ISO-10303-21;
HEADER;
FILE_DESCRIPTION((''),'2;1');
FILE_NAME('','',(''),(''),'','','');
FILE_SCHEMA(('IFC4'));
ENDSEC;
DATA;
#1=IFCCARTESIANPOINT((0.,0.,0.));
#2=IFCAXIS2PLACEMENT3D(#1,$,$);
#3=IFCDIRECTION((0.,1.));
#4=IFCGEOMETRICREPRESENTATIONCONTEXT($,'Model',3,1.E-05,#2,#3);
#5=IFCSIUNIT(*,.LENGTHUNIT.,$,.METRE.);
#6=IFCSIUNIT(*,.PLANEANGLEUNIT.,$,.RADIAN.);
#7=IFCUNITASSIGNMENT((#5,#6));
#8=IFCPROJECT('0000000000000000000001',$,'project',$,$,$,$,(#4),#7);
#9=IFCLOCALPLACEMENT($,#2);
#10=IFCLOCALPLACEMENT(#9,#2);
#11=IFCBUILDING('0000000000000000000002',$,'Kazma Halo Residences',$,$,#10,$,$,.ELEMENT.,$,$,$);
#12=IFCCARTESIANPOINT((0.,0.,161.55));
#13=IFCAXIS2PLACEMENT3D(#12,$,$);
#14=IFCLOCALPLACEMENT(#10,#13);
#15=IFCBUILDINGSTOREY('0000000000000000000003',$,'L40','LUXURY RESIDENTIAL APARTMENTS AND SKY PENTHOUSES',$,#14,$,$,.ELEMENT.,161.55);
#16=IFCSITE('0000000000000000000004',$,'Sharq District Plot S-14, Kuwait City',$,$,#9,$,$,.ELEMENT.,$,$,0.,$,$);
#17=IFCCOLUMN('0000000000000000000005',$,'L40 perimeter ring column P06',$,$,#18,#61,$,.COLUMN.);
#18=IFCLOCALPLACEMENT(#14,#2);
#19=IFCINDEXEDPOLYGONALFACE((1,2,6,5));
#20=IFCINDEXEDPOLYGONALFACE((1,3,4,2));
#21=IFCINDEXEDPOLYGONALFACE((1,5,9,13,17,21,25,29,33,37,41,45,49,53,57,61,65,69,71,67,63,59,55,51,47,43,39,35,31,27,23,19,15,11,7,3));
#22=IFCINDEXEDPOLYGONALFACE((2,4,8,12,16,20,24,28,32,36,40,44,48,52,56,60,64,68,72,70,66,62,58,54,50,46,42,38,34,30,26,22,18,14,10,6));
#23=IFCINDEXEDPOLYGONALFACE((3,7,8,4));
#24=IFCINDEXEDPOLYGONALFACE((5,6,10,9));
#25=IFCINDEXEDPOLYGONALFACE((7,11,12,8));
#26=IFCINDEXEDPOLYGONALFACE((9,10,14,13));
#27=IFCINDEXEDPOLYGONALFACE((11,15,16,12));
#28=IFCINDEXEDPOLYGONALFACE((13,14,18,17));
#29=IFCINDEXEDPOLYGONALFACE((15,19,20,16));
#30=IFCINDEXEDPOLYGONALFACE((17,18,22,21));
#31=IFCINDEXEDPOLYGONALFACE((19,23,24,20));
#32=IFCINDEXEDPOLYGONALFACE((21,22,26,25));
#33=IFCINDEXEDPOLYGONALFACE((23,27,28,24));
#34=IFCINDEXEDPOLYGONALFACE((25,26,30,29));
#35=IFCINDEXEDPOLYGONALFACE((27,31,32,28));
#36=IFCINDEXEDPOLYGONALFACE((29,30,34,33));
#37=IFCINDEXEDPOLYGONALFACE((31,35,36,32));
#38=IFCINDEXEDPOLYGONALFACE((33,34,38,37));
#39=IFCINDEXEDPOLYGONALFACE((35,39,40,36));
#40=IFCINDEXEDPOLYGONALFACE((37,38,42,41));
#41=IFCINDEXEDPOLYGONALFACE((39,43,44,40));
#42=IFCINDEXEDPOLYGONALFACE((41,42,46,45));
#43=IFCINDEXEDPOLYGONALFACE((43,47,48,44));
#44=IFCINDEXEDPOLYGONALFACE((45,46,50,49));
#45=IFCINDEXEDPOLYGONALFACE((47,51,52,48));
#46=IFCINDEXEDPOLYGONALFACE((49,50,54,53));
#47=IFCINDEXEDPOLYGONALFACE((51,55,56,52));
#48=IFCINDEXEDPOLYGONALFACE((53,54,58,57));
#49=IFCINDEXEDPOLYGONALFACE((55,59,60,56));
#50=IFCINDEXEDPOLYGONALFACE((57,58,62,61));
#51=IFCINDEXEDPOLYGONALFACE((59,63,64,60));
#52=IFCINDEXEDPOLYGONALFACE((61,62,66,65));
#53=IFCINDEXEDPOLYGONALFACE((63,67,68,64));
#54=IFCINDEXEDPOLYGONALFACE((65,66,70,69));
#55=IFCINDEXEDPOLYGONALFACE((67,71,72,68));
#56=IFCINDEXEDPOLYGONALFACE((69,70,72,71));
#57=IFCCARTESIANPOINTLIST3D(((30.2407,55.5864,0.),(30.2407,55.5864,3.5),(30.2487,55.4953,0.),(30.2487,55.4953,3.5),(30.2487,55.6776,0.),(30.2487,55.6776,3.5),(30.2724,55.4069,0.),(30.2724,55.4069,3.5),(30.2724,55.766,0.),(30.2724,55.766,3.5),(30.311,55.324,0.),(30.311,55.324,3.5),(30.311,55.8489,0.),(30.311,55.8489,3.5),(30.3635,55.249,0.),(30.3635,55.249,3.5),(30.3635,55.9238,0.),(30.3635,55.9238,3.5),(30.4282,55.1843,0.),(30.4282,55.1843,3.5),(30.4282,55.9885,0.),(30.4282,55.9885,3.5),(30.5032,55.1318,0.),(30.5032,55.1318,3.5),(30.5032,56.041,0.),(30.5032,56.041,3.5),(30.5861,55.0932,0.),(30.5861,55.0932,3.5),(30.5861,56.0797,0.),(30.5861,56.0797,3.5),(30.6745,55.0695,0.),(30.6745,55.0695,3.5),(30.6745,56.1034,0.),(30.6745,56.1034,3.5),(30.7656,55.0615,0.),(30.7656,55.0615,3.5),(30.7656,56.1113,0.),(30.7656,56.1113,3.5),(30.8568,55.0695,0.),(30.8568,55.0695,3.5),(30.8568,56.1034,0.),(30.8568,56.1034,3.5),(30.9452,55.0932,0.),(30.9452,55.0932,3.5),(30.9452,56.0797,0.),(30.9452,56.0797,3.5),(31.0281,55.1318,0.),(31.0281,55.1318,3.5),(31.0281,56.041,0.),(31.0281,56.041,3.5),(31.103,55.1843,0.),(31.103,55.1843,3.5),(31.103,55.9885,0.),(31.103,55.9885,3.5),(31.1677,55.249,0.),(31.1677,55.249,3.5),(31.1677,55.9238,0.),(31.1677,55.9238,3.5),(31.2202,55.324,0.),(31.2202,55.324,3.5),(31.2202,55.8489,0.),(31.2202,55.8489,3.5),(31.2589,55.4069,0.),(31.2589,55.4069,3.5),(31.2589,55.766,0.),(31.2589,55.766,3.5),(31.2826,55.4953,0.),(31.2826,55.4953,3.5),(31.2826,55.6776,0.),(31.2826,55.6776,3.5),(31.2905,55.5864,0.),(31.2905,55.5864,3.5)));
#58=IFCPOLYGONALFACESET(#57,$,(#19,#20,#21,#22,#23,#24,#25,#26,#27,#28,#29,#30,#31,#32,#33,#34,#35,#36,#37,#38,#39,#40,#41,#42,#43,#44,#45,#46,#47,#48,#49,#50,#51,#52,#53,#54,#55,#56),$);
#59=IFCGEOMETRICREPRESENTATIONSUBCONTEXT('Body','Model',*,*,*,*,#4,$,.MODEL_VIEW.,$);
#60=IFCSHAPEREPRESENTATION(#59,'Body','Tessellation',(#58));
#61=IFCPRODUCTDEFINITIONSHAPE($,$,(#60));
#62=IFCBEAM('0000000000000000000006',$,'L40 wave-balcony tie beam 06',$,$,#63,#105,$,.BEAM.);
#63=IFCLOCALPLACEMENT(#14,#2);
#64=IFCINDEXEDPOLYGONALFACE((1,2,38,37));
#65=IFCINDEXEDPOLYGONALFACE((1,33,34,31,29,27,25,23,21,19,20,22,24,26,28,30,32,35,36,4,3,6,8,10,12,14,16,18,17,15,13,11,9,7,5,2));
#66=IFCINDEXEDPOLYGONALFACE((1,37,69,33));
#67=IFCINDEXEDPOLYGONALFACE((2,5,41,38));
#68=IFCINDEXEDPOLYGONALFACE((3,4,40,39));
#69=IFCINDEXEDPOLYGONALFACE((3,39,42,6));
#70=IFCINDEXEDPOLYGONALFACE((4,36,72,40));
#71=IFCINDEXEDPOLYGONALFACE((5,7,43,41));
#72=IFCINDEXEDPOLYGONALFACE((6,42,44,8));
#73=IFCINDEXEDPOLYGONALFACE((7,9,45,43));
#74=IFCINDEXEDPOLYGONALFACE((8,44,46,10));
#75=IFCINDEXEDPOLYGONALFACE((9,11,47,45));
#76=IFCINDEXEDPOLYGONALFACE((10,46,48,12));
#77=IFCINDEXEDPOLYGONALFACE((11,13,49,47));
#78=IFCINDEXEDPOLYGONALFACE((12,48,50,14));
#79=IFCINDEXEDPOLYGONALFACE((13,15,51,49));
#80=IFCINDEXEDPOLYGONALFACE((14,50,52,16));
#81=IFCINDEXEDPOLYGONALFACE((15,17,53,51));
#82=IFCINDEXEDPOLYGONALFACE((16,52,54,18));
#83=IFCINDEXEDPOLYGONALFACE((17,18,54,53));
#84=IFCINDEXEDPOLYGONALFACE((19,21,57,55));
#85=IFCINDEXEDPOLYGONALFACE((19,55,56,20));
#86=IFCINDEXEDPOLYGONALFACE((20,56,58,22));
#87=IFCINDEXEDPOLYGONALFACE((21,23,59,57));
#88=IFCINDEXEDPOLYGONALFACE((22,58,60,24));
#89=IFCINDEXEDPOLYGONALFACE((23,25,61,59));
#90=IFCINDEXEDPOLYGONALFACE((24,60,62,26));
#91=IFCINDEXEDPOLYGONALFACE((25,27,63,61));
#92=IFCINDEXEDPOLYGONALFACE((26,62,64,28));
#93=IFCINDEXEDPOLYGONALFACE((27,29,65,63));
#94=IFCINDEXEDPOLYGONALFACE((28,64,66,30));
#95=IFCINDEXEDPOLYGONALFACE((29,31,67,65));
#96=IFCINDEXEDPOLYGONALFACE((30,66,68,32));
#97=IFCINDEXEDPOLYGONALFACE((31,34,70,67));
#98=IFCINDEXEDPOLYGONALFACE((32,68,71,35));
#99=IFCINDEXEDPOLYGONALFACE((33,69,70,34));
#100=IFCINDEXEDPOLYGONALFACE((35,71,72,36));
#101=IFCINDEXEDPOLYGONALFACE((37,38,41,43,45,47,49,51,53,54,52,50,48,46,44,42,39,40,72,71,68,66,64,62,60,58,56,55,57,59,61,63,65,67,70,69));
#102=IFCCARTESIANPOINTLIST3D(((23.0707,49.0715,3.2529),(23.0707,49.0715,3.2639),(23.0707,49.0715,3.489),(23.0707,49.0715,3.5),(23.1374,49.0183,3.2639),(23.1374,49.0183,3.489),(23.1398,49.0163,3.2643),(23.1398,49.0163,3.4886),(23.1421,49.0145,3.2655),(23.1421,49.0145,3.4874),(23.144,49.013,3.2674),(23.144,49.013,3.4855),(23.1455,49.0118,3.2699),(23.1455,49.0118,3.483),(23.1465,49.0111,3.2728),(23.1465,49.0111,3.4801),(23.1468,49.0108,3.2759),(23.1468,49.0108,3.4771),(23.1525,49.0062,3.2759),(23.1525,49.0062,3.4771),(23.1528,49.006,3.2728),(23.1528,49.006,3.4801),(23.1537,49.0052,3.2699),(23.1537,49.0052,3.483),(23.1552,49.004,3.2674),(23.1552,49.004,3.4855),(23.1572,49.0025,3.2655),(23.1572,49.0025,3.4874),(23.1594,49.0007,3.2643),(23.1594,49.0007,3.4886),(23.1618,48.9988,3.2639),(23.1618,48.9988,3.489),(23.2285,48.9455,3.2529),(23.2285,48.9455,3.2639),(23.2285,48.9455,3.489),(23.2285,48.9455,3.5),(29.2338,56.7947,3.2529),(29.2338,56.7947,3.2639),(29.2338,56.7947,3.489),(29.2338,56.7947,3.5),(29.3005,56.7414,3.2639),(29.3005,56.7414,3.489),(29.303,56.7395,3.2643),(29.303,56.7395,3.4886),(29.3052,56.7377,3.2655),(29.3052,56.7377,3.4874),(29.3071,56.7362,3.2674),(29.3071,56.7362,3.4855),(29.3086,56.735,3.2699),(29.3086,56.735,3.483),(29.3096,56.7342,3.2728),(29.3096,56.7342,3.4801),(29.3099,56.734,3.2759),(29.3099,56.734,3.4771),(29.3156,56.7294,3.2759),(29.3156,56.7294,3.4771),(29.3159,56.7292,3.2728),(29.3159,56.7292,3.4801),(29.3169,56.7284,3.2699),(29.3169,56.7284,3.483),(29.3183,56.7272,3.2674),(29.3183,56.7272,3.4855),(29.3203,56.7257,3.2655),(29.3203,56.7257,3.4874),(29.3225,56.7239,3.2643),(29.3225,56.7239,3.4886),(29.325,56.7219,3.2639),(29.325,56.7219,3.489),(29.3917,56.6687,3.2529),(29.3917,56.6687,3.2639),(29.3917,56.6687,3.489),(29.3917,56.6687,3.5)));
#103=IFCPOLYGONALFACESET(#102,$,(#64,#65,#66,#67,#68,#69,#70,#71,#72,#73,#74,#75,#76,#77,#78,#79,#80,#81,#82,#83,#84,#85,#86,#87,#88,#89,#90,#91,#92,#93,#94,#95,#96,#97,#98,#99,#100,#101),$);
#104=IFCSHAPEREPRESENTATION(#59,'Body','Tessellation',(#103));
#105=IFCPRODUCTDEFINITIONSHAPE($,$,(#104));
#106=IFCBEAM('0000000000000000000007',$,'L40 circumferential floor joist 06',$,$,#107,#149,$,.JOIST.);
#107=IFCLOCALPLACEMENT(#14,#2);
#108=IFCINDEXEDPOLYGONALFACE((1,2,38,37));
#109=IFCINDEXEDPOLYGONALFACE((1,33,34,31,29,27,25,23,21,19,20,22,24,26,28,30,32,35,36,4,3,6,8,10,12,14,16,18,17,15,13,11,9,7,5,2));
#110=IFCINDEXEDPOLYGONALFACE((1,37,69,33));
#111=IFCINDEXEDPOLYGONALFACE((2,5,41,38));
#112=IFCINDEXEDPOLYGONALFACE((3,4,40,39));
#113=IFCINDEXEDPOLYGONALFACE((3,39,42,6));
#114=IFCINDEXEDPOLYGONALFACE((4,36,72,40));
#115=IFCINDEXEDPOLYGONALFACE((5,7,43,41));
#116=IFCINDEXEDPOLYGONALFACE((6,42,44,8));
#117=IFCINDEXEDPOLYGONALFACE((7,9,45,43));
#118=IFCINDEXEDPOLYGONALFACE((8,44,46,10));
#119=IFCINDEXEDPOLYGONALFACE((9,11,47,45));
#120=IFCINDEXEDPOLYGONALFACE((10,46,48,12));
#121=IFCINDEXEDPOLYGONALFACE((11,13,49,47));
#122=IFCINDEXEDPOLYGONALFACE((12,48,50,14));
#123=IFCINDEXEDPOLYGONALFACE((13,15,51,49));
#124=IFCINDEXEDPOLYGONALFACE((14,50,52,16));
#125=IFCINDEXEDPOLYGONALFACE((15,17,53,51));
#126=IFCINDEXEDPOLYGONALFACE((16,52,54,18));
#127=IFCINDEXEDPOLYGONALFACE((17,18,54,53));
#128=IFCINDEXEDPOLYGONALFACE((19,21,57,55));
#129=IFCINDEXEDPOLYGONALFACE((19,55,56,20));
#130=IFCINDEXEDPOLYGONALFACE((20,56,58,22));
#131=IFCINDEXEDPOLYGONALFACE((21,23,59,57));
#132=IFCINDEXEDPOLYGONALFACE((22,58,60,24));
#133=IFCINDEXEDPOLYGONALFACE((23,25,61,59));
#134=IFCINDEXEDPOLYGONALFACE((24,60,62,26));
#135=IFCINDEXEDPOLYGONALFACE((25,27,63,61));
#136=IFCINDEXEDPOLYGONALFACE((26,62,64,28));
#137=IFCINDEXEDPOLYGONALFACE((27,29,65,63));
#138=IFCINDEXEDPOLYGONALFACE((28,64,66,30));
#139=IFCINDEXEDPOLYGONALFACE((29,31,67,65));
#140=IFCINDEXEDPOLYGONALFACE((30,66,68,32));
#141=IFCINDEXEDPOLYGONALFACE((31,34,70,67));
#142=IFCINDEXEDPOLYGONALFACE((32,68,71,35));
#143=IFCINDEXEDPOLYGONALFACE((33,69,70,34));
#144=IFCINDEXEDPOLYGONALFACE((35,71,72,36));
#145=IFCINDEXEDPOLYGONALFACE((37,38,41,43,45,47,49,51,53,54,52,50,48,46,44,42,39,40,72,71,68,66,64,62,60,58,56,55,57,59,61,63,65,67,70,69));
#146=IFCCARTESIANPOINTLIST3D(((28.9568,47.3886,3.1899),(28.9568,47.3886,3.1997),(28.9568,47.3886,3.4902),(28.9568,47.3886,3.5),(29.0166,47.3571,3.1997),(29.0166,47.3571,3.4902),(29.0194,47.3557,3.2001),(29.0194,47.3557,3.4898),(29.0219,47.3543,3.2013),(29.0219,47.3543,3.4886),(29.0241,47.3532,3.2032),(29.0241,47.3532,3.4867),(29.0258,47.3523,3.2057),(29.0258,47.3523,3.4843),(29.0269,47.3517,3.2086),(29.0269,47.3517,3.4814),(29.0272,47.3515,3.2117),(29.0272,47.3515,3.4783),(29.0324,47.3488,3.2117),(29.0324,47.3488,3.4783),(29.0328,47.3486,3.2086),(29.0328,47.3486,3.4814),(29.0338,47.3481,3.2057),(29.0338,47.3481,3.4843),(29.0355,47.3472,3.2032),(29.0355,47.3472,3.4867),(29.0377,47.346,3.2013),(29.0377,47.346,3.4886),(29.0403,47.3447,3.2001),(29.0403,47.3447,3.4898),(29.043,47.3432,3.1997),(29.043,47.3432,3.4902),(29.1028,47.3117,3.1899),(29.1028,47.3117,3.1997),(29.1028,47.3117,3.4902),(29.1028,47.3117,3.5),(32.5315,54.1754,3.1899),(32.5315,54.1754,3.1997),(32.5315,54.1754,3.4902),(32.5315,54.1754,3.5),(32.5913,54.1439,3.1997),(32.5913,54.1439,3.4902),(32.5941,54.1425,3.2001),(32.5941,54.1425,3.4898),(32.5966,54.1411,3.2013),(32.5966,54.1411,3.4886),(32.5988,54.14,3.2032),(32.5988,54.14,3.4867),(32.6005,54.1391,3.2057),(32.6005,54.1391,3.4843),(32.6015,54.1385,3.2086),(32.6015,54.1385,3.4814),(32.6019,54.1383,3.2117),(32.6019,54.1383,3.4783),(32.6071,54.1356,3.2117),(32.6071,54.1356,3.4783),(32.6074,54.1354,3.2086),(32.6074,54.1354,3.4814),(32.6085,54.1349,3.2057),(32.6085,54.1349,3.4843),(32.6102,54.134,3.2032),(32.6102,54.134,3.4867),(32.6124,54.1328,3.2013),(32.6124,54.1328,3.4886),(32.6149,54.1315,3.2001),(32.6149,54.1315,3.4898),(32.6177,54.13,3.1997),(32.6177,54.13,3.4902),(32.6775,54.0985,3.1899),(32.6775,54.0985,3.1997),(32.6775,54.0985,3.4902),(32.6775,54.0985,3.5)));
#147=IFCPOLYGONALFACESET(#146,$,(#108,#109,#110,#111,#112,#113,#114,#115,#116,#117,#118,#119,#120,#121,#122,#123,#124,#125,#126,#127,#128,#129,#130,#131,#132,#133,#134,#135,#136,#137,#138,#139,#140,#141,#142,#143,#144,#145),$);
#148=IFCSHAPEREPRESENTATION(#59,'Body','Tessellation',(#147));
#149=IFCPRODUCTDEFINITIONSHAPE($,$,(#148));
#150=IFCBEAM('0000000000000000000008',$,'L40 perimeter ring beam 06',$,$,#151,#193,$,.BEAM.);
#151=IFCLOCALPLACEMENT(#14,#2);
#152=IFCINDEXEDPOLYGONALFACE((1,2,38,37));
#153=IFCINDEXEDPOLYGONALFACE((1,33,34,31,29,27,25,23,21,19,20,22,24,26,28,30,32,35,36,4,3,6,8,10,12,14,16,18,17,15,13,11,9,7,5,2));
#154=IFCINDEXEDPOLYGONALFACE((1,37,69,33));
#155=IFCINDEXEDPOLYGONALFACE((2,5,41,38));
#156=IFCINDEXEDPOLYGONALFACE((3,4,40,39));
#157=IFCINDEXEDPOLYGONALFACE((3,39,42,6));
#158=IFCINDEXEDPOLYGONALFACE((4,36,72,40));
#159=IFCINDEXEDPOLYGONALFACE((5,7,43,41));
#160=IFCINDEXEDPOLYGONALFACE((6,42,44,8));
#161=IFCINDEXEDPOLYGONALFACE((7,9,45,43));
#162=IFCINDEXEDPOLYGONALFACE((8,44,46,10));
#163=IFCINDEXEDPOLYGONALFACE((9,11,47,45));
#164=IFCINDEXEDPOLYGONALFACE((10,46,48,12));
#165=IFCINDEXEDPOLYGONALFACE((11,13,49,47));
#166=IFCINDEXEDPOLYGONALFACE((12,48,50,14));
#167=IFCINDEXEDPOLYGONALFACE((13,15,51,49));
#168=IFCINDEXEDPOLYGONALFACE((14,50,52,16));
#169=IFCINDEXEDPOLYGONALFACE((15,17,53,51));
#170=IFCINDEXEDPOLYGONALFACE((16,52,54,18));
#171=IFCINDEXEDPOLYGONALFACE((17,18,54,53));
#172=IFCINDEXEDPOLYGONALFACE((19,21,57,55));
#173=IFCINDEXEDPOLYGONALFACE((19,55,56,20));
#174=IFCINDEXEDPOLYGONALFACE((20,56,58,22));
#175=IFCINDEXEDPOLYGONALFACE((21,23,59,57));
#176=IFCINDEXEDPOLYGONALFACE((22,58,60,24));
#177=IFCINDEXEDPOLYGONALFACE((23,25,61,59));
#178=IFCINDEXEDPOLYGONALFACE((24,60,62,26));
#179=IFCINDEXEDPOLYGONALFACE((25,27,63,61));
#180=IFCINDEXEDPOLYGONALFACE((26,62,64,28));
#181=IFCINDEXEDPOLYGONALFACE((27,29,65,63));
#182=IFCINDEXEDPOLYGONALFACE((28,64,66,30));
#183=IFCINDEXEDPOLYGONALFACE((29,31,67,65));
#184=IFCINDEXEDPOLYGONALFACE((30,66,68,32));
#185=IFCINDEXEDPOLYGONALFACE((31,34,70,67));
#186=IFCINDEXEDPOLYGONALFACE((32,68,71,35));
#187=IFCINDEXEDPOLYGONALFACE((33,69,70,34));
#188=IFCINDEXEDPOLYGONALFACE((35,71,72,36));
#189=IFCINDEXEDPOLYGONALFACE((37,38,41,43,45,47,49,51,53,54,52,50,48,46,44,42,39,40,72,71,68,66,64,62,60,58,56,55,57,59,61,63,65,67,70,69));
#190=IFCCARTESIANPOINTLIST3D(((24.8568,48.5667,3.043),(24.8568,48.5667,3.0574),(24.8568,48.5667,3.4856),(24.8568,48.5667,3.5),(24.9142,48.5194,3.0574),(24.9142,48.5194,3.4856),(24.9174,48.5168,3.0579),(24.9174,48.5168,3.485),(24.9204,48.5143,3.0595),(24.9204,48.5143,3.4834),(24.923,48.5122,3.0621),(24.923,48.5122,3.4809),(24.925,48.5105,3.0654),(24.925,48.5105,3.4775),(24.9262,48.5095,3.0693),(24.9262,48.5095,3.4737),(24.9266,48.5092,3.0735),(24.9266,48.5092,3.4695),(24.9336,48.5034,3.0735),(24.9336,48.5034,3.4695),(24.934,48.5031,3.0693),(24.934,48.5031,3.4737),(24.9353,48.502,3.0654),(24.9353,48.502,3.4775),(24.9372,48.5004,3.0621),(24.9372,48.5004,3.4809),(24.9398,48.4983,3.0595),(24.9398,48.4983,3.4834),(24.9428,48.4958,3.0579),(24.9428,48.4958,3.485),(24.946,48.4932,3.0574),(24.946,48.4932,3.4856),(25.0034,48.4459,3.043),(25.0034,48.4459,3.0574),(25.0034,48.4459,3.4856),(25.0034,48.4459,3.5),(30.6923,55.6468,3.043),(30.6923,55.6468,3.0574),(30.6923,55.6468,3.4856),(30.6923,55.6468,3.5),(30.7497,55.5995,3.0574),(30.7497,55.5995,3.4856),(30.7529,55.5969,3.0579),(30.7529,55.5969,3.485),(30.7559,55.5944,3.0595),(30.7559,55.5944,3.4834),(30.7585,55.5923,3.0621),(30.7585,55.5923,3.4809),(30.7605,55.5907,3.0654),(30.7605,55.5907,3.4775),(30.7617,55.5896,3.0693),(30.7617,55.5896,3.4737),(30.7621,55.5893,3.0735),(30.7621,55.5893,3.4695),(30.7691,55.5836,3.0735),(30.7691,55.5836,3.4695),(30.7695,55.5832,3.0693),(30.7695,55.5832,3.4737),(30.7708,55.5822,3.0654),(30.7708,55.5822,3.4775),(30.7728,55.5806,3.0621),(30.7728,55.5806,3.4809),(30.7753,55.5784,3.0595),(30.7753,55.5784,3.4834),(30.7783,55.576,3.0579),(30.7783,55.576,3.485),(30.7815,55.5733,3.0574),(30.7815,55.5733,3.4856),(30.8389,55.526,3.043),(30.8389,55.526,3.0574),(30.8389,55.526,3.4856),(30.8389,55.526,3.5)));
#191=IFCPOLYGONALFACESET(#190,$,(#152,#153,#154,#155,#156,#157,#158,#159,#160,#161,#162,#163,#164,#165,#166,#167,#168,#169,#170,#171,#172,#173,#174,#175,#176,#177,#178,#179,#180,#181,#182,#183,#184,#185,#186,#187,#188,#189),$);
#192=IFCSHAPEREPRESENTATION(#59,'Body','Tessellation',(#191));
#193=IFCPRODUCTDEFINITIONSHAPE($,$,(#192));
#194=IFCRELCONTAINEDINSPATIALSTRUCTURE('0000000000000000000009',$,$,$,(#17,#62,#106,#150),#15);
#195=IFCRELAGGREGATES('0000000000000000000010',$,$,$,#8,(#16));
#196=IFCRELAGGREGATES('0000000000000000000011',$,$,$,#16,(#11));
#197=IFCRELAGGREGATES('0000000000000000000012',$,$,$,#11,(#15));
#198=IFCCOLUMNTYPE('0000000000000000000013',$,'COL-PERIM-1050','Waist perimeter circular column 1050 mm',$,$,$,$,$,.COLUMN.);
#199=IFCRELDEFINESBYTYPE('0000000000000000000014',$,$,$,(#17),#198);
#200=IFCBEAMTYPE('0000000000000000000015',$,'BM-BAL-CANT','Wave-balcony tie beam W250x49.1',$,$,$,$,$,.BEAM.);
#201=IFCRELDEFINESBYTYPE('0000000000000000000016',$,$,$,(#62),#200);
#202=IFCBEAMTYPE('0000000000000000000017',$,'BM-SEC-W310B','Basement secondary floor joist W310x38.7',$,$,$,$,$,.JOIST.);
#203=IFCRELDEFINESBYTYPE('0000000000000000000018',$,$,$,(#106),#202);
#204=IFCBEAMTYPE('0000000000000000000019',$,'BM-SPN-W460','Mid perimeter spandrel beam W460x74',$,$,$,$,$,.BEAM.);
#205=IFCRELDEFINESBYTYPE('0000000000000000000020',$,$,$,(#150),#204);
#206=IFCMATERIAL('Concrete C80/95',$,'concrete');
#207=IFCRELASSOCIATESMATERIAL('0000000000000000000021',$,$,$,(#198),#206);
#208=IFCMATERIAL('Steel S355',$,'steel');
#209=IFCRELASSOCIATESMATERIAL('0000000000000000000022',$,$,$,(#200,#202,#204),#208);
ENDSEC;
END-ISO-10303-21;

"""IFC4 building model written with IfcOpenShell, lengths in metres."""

from ifc_helpers import new_model, si_unit, direction, frame, origin, origin_2d, place, context, subcontext, project, spatial, circle, i_section, extrude, material, material_profile, profile_set, type_object, element, save


model = new_model("IFC4")

# Units and contexts
model_context = context("Model", 3, precision=1e-05, world=origin(), true_north=direction((0.0, 1.0)))
body_context = subcontext(model_context, "Body", "Model", "MODEL_VIEW")
ifc_project = project(units=[si_unit("LENGTHUNIT", "METRE"), si_unit("PLANEANGLEUNIT", "RADIAN")], contexts=[model_context])

# Site, building, storey
site_placement = place(None, origin())
site = spatial("IfcSite", under=ifc_project, at=site_placement, Name="Sharq District Plot S-14, Kuwait City", CompositionType="ELEMENT", RefElevation=0.0)
building_placement = place(site_placement, origin())
building = spatial("IfcBuilding", under=site, at=building_placement, Name="Kazma Halo Residences", CompositionType="ELEMENT")
storey_placement = place(building_placement, frame((0.0, 0.0, 161.55)))
storey = spatial("IfcBuildingStorey", under=building, at=storey_placement, Name="L40", Description="LUXURY RESIDENTIAL APARTMENTS AND SKY PENTHOUSES", CompositionType="ELEMENT", Elevation=161.55)

# Column
ifc_material_1 = material(Name="Concrete C80/95", Category="concrete")
ifc_material_profile_1 = material_profile(ifc_material_1, circle(Radius=0.5249, at=origin_2d()), Name="CIRC1050")
ifc_profile_set_1 = profile_set([ifc_material_profile_1], Name="Concrete C80/95")
column_type = type_object("IfcColumnType", Name="COL-PERIM-1050", Description="Waist perimeter circular column 1050 mm", PredefinedType="COLUMN", material=ifc_profile_set_1)
column_placement = place(storey_placement, frame((30.7656, 55.5864, 0.0), z_axis=(0.0, 0.0, 1.0), x_axis=(1.0, 0.0, 0.0)))
element("IfcColumn", 1, at=column_placement, inside=storey, type_object=column_type, Name="L40 perimeter ring column P06", PredefinedType="COLUMN", context=body_context, shape_type="SweptSolid", body=[
    extrude(circle(Radius=0.5249, at=origin_2d()), origin(), (0.0, 0.0, 1.0), 3.5),
])

# Beams
ifc_material_2 = material(Name="Steel S355", Category="steel")
ifc_material_profile_2 = material_profile(ifc_material_2, i_section(OverallWidth=0.2019, OverallDepth=0.2471, WebThickness=0.0073, FlangeThickness=0.011, FilletRadius=0.012, at=origin_2d()), Name="W250x49.1")
ifc_profile_set_2 = profile_set([ifc_material_profile_2], Name="Steel S355")
beam_type_1 = type_object("IfcBeamType", Name="BM-BAL-CANT", Description="Wave-balcony tie beam W250x49.1", PredefinedType="BEAM", material=ifc_profile_set_2)
beam_1_placement = place(storey_placement, frame((29.3127, 56.7317, 3.3765), z_axis=(-0.623742, -0.78163, 0.0), x_axis=(0.78163, -0.623742, 0.0)))
element("IfcBeam", 2, at=beam_1_placement, inside=storey, type_object=beam_type_1, Name="L40 wave-balcony tie beam 06", PredefinedType="BEAM", context=body_context, shape_type="SweptSolid", body=[
    extrude(i_section(OverallWidth=0.2019, OverallDepth=0.2471, WebThickness=0.0073, FlangeThickness=0.011, FilletRadius=0.012, at=origin_2d()), origin(), (0.0, 0.0, 1.0), 9.8809),
])
ifc_material_profile_3 = material_profile(ifc_material_2, i_section(OverallWidth=0.165, OverallDepth=0.3101, WebThickness=0.0059, FlangeThickness=0.0098, FilletRadius=0.012, at=origin_2d()), Name="W310x38.7")
ifc_profile_set_3 = profile_set([ifc_material_profile_3], Name="Steel S355")
beam_type_2 = type_object("IfcBeamType", Name="BM-SEC-W310B", Description="Basement secondary floor joist W310x38.7", PredefinedType="JOIST", material=ifc_profile_set_3)
beam_2_placement = place(storey_placement, frame((32.6045, 54.137, 3.345), z_axis=(-0.466019, -0.884775, 0.0), x_axis=(0.884775, -0.466019, 0.0)))
element("IfcBeam", 3, at=beam_2_placement, inside=storey, type_object=beam_type_2, Name="L40 circumferential floor joist 06", PredefinedType="JOIST", context=body_context, shape_type="SweptSolid", body=[
    extrude(i_section(OverallWidth=0.165, OverallDepth=0.3101, WebThickness=0.0059, FlangeThickness=0.0098, FilletRadius=0.012, at=origin_2d()), origin(), (0.0, 0.0, 1.0), 7.6707),
])
ifc_material_profile_4 = material_profile(ifc_material_2, i_section(OverallWidth=0.1899, OverallDepth=0.457, WebThickness=0.009, FlangeThickness=0.0144, FilletRadius=0.0161, at=origin_2d()), Name="W460x74")
ifc_profile_set_4 = profile_set([ifc_material_profile_4], Name="Steel S355")
beam_type_3 = type_object("IfcBeamType", Name="BM-SPN-W460", Description="Mid perimeter spandrel beam W460x74", PredefinedType="BEAM", material=ifc_profile_set_4)
beam_3_placement = place(storey_placement, frame((30.7656, 55.5864, 3.2715), z_axis=(-0.636019, -0.771674, 0.0), x_axis=(0.771674, -0.636019, 0.0)))
element("IfcBeam", 4, at=beam_3_placement, inside=storey, type_object=beam_type_3, Name="L40 perimeter ring beam 06", PredefinedType="BEAM", context=body_context, shape_type="SweptSolid", body=[
    extrude(i_section(OverallWidth=0.1899, OverallDepth=0.457, WebThickness=0.009, FlangeThickness=0.0144, FilletRadius=0.0161, at=origin_2d()), origin(), (0.0, 0.0, 1.0), 9.175),
])

save(model, "model.ifc")
